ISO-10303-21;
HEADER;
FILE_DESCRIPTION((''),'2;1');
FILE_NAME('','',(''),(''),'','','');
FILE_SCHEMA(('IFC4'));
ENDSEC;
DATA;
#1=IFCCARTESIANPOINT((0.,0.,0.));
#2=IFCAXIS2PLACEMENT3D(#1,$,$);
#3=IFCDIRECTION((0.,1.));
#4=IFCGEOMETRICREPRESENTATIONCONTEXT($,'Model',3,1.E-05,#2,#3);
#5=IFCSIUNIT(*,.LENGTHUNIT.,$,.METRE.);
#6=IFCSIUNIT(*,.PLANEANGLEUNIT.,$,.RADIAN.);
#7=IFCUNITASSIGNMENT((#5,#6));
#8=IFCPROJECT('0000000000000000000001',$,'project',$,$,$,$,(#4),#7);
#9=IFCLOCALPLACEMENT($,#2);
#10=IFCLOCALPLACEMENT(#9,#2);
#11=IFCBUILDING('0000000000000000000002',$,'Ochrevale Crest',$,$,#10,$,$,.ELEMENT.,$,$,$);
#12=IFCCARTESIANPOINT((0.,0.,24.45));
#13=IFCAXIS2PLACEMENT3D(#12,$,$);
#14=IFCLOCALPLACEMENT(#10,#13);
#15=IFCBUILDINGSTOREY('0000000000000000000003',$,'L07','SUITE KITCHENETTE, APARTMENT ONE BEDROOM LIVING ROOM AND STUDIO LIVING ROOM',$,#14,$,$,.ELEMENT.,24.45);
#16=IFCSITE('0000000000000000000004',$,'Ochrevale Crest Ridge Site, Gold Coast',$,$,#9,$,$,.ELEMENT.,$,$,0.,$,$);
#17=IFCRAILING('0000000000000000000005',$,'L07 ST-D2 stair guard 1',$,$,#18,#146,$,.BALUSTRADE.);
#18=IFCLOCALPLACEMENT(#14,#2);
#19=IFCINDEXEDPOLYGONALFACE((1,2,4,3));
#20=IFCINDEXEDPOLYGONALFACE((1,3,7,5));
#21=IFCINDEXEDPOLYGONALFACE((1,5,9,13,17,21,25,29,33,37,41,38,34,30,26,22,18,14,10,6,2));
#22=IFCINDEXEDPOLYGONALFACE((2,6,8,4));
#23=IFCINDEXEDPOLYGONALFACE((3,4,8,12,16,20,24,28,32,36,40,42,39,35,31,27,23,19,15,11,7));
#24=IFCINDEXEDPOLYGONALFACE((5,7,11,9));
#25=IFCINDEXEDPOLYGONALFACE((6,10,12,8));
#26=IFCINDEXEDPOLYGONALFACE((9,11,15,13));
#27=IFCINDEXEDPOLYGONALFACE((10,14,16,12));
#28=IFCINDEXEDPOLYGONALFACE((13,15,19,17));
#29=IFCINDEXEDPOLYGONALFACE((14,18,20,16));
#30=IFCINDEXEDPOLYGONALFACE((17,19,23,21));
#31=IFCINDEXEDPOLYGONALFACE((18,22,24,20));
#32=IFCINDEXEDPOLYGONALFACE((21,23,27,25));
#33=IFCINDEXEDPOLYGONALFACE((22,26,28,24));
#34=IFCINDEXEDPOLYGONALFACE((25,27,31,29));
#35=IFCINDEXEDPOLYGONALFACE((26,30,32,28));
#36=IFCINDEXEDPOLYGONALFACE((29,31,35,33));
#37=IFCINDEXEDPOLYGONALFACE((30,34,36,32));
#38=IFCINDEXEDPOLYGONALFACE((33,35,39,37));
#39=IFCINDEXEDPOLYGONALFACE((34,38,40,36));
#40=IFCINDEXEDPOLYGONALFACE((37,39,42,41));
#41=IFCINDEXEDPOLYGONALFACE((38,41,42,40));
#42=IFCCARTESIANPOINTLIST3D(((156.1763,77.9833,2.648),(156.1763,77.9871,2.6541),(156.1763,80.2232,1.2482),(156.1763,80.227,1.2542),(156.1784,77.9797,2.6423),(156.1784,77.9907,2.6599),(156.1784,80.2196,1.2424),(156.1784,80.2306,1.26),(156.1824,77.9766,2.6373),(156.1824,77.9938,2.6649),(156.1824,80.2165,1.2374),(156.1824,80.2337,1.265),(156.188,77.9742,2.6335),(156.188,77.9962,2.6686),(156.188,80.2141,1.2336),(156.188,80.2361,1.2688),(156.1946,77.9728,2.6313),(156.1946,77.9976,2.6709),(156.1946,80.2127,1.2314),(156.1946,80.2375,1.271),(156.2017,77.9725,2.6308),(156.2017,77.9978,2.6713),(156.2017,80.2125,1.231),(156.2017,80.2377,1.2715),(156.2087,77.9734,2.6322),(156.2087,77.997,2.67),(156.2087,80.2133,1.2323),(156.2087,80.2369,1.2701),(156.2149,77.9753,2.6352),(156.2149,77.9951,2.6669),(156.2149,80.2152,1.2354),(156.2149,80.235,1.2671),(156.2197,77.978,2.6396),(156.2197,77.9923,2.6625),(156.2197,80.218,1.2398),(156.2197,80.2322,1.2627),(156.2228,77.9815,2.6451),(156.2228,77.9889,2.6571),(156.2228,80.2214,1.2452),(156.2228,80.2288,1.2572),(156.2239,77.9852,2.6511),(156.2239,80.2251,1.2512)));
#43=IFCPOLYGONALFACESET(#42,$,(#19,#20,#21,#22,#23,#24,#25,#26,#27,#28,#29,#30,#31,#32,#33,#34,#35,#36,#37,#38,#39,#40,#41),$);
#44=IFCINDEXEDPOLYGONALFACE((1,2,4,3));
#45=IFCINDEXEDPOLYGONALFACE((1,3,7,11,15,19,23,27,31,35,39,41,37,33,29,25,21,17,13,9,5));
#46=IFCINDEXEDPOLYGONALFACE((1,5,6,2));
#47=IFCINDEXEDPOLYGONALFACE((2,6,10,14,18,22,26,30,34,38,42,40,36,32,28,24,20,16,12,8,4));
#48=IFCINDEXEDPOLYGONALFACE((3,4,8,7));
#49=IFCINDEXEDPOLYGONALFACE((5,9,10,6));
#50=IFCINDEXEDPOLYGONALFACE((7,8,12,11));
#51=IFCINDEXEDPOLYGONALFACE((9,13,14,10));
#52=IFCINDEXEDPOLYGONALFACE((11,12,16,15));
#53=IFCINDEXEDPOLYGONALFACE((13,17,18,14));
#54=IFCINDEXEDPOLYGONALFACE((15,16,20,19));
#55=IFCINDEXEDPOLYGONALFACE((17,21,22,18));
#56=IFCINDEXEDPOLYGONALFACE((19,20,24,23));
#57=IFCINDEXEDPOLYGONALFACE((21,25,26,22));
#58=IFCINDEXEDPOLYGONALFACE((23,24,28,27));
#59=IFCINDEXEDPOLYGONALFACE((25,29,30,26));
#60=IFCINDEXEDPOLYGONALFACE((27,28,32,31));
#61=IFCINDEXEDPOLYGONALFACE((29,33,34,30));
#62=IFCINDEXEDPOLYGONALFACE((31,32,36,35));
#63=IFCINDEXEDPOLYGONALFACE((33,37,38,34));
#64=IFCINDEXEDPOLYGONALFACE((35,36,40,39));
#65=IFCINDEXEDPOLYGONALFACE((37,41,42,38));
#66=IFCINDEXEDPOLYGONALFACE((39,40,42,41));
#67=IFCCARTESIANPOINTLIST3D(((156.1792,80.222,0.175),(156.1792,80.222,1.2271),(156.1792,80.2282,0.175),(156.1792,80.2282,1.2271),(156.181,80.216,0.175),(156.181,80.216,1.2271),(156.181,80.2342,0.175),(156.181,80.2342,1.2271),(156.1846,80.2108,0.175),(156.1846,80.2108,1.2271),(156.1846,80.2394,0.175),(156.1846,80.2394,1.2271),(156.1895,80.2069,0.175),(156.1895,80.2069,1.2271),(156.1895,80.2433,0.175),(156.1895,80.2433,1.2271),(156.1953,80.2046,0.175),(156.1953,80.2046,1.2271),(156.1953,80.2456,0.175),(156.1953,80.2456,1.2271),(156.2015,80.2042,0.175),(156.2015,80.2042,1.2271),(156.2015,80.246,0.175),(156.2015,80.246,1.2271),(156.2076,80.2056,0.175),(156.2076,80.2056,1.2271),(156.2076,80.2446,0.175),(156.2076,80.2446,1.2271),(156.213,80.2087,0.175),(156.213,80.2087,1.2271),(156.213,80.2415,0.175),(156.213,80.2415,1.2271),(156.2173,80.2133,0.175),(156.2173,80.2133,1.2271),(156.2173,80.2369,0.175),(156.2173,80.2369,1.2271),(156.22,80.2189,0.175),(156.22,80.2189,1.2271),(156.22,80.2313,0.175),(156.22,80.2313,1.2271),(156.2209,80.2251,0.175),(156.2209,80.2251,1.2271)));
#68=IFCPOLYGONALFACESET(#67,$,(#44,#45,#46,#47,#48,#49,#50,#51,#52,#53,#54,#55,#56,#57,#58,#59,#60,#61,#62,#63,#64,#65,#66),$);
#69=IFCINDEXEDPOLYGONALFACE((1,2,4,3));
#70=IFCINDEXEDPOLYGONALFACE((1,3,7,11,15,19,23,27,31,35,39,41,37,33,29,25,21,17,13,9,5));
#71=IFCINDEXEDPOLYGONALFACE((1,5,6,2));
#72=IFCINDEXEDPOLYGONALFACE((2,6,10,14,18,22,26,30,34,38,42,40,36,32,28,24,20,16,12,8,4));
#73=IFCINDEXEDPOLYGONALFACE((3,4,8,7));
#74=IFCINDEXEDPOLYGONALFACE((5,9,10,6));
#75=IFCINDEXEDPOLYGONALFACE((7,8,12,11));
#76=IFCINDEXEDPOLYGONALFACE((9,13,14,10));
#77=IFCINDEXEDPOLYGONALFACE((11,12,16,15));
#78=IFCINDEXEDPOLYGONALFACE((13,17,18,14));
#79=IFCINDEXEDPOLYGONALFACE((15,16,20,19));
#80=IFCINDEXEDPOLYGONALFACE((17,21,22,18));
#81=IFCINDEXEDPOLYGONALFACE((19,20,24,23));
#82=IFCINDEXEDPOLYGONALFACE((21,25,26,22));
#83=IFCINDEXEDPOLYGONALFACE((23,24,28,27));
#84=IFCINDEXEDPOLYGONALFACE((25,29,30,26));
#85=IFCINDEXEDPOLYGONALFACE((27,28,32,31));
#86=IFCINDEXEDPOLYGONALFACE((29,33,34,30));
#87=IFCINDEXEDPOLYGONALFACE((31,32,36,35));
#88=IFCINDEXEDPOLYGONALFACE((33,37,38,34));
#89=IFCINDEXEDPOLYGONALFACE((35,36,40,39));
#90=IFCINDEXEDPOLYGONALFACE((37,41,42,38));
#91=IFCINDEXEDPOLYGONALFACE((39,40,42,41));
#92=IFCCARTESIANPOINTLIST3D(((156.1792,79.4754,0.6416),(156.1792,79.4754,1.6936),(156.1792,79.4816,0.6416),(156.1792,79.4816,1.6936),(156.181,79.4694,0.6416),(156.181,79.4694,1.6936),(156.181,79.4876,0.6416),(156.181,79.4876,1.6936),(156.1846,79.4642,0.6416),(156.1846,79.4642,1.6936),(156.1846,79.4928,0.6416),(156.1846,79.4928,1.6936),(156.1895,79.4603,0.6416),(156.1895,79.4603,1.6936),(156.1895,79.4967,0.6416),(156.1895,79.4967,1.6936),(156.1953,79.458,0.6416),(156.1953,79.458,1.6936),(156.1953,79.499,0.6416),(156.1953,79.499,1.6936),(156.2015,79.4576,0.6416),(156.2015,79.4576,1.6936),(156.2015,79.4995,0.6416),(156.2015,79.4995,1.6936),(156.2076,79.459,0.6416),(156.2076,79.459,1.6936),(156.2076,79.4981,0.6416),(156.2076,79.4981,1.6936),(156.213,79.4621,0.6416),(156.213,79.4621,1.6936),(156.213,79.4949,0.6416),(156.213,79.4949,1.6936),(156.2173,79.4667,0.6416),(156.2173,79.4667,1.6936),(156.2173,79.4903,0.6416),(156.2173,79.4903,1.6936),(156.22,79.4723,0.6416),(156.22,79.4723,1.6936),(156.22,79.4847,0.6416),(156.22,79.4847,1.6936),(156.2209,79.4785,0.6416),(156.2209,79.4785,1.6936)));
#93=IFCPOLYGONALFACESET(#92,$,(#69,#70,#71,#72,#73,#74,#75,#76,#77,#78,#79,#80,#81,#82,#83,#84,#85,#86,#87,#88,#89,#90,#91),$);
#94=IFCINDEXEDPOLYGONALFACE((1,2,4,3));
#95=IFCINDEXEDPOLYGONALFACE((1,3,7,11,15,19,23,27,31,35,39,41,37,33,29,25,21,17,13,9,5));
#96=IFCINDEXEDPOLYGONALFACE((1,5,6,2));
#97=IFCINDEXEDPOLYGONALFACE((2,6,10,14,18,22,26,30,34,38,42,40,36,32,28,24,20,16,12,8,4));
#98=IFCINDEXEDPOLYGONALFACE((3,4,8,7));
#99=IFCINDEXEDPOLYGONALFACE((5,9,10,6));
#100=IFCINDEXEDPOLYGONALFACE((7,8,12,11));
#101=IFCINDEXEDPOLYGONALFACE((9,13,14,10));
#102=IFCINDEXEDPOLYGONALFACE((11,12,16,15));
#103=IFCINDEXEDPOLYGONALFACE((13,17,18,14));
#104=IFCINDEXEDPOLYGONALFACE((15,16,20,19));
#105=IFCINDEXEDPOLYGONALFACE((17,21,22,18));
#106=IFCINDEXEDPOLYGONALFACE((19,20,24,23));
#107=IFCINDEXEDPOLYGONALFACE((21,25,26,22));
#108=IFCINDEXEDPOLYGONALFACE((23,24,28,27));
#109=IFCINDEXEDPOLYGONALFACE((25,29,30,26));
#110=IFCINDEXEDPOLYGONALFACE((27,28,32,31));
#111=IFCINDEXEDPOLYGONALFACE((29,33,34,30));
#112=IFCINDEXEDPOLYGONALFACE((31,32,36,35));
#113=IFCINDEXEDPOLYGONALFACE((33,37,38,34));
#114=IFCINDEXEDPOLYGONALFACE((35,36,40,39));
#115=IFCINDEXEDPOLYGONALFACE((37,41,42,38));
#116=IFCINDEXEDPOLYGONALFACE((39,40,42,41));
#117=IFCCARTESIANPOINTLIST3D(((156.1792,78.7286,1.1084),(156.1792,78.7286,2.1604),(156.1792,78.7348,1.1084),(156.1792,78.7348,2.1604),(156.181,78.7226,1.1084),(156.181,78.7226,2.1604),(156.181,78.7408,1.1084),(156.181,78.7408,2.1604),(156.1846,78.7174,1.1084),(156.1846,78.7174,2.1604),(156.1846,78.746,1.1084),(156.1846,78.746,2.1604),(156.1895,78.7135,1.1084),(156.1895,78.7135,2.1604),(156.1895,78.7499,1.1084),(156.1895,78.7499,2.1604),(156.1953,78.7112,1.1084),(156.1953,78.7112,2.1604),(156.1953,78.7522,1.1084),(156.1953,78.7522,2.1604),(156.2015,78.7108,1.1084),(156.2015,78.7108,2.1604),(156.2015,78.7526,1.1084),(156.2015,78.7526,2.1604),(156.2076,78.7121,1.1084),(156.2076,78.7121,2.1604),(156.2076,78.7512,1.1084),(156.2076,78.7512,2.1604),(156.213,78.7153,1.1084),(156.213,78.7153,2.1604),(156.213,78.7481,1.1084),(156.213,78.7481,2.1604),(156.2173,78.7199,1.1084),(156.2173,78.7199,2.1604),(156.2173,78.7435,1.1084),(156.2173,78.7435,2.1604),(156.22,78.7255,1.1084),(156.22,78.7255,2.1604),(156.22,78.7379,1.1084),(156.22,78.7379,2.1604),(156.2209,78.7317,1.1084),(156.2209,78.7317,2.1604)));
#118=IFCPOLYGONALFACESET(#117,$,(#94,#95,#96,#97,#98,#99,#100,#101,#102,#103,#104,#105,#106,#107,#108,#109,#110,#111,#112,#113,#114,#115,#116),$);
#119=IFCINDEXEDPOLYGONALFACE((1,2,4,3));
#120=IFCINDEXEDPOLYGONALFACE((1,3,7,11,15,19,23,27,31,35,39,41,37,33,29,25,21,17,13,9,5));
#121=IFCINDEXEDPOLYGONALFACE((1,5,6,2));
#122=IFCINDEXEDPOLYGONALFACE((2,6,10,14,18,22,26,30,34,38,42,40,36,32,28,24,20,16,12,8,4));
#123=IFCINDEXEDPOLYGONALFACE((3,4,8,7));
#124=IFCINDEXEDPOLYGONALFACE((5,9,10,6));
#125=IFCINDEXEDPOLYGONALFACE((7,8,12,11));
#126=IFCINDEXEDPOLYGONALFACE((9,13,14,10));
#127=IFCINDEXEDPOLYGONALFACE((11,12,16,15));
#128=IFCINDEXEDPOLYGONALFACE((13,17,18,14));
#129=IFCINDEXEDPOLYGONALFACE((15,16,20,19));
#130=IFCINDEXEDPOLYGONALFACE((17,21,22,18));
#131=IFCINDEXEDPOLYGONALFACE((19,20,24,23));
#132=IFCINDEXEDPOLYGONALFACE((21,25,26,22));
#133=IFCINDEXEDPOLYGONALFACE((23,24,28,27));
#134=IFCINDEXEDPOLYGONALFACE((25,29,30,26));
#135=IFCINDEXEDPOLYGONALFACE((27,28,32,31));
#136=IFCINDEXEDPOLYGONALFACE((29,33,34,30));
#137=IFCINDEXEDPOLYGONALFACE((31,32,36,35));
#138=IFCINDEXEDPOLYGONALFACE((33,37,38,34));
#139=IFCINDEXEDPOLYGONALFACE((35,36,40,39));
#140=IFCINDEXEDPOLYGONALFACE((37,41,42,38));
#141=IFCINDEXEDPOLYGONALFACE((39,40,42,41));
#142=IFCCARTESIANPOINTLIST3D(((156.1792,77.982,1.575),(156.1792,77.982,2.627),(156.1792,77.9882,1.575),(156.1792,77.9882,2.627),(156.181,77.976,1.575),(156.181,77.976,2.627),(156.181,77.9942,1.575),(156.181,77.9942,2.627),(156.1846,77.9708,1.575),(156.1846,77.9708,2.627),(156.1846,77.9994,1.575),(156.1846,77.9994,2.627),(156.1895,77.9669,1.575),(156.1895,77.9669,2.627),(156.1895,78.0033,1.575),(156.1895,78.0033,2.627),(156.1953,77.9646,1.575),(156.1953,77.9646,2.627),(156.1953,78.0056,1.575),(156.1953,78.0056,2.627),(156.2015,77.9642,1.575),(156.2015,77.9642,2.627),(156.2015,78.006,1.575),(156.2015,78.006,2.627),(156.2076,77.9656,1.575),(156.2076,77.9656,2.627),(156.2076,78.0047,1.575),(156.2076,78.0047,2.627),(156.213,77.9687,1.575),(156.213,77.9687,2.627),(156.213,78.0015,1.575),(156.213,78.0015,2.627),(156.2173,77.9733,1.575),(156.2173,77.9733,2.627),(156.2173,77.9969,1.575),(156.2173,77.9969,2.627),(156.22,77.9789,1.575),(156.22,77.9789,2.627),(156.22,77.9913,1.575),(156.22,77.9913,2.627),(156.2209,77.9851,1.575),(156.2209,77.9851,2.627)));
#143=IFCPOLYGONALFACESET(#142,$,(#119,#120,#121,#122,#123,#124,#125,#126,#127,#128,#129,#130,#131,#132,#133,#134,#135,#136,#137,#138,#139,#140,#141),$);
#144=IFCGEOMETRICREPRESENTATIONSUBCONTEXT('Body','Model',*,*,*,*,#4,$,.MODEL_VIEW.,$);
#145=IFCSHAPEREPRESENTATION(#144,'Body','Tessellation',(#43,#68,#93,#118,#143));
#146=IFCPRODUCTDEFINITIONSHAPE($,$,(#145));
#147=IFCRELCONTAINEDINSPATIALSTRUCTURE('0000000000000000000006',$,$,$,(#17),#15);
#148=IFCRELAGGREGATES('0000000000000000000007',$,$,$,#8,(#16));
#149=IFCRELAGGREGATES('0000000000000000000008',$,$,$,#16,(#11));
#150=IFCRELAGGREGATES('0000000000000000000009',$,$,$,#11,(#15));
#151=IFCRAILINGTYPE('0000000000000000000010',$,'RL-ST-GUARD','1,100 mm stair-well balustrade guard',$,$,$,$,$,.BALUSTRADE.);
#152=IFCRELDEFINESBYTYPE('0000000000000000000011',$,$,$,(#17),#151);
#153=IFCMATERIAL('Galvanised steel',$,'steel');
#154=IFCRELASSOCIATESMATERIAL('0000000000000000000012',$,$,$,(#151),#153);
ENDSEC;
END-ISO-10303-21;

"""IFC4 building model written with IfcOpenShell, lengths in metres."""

from ifc_helpers import new_model, si_unit, direction, frame, origin, origin_2d, place, context, subcontext, project, spatial, circle, extrude, material, type_object, element, save


model = new_model("IFC4")

# Units and contexts
model_context = context("Model", 3, precision=1e-05, world=origin(), true_north=direction((0.0, 1.0)))
body_context = subcontext(model_context, "Body", "Model", "MODEL_VIEW")
ifc_project = project(units=[si_unit("LENGTHUNIT", "METRE"), si_unit("PLANEANGLEUNIT", "RADIAN")], contexts=[model_context])

# Site, building, storey
site_placement = place(None, origin())
site = spatial("IfcSite", under=ifc_project, at=site_placement, Name="Ochrevale Crest Ridge Site, Gold Coast", CompositionType="ELEMENT", RefElevation=0.0)
building_placement = place(site_placement, origin())
building = spatial("IfcBuilding", under=site, at=building_placement, Name="Ochrevale Crest", CompositionType="ELEMENT")
storey_placement = place(building_placement, frame((0.0, 0.0, 24.45)))
storey = spatial("IfcBuildingStorey", under=building, at=storey_placement, Name="L07", Description="SUITE KITCHENETTE, APARTMENT ONE BEDROOM LIVING ROOM AND STUDIO LIVING ROOM", CompositionType="ELEMENT", Elevation=24.45)

# Railing
ifc_material_1 = material(Name="Galvanised steel", Category="steel")
railing_type_1 = type_object("IfcRailingType", Name="RL-ST-GUARD", Description="1,100 mm stair-well balustrade guard", PredefinedType="BALUSTRADE", material=ifc_material_1)
railing_1_placement = place(storey_placement, frame((156.2, 80.2251, 0.175)))
element("IfcRailing", 1, at=railing_1_placement, inside=storey, type_object=railing_type_1, Name="L07 ST-D2 stair guard 1", PredefinedType="BALUSTRADE", context=body_context, shape_type="SweptSolid", body=[
    extrude(circle(Radius=0.0239, at=origin_2d()), frame((0.0, 0.0, 1.0762), z_axis=(0.0, -0.848014, 0.529974), x_axis=(1.0, 0.0, 0.0)), (0.0, 0.0, 1.0), 2.6414),
    extrude(circle(Radius=0.021, at=origin_2d()), origin(), (0.0, 0.0, 1.0), 1.052),
    extrude(circle(Radius=0.021, at=origin_2d()), frame((0.0, -0.7466, 0.4666)), (0.0, 0.0, 1.0), 1.052),
    extrude(circle(Radius=0.021, at=origin_2d()), frame((0.0, -1.4934, 0.9333)), (0.0, 0.0, 1.0), 1.052),
    extrude(circle(Radius=0.021, at=origin_2d()), frame((0.0, -2.24, 1.3999)), (0.0, 0.0, 1.0), 1.052),
])

save(model, "model.ifc")
